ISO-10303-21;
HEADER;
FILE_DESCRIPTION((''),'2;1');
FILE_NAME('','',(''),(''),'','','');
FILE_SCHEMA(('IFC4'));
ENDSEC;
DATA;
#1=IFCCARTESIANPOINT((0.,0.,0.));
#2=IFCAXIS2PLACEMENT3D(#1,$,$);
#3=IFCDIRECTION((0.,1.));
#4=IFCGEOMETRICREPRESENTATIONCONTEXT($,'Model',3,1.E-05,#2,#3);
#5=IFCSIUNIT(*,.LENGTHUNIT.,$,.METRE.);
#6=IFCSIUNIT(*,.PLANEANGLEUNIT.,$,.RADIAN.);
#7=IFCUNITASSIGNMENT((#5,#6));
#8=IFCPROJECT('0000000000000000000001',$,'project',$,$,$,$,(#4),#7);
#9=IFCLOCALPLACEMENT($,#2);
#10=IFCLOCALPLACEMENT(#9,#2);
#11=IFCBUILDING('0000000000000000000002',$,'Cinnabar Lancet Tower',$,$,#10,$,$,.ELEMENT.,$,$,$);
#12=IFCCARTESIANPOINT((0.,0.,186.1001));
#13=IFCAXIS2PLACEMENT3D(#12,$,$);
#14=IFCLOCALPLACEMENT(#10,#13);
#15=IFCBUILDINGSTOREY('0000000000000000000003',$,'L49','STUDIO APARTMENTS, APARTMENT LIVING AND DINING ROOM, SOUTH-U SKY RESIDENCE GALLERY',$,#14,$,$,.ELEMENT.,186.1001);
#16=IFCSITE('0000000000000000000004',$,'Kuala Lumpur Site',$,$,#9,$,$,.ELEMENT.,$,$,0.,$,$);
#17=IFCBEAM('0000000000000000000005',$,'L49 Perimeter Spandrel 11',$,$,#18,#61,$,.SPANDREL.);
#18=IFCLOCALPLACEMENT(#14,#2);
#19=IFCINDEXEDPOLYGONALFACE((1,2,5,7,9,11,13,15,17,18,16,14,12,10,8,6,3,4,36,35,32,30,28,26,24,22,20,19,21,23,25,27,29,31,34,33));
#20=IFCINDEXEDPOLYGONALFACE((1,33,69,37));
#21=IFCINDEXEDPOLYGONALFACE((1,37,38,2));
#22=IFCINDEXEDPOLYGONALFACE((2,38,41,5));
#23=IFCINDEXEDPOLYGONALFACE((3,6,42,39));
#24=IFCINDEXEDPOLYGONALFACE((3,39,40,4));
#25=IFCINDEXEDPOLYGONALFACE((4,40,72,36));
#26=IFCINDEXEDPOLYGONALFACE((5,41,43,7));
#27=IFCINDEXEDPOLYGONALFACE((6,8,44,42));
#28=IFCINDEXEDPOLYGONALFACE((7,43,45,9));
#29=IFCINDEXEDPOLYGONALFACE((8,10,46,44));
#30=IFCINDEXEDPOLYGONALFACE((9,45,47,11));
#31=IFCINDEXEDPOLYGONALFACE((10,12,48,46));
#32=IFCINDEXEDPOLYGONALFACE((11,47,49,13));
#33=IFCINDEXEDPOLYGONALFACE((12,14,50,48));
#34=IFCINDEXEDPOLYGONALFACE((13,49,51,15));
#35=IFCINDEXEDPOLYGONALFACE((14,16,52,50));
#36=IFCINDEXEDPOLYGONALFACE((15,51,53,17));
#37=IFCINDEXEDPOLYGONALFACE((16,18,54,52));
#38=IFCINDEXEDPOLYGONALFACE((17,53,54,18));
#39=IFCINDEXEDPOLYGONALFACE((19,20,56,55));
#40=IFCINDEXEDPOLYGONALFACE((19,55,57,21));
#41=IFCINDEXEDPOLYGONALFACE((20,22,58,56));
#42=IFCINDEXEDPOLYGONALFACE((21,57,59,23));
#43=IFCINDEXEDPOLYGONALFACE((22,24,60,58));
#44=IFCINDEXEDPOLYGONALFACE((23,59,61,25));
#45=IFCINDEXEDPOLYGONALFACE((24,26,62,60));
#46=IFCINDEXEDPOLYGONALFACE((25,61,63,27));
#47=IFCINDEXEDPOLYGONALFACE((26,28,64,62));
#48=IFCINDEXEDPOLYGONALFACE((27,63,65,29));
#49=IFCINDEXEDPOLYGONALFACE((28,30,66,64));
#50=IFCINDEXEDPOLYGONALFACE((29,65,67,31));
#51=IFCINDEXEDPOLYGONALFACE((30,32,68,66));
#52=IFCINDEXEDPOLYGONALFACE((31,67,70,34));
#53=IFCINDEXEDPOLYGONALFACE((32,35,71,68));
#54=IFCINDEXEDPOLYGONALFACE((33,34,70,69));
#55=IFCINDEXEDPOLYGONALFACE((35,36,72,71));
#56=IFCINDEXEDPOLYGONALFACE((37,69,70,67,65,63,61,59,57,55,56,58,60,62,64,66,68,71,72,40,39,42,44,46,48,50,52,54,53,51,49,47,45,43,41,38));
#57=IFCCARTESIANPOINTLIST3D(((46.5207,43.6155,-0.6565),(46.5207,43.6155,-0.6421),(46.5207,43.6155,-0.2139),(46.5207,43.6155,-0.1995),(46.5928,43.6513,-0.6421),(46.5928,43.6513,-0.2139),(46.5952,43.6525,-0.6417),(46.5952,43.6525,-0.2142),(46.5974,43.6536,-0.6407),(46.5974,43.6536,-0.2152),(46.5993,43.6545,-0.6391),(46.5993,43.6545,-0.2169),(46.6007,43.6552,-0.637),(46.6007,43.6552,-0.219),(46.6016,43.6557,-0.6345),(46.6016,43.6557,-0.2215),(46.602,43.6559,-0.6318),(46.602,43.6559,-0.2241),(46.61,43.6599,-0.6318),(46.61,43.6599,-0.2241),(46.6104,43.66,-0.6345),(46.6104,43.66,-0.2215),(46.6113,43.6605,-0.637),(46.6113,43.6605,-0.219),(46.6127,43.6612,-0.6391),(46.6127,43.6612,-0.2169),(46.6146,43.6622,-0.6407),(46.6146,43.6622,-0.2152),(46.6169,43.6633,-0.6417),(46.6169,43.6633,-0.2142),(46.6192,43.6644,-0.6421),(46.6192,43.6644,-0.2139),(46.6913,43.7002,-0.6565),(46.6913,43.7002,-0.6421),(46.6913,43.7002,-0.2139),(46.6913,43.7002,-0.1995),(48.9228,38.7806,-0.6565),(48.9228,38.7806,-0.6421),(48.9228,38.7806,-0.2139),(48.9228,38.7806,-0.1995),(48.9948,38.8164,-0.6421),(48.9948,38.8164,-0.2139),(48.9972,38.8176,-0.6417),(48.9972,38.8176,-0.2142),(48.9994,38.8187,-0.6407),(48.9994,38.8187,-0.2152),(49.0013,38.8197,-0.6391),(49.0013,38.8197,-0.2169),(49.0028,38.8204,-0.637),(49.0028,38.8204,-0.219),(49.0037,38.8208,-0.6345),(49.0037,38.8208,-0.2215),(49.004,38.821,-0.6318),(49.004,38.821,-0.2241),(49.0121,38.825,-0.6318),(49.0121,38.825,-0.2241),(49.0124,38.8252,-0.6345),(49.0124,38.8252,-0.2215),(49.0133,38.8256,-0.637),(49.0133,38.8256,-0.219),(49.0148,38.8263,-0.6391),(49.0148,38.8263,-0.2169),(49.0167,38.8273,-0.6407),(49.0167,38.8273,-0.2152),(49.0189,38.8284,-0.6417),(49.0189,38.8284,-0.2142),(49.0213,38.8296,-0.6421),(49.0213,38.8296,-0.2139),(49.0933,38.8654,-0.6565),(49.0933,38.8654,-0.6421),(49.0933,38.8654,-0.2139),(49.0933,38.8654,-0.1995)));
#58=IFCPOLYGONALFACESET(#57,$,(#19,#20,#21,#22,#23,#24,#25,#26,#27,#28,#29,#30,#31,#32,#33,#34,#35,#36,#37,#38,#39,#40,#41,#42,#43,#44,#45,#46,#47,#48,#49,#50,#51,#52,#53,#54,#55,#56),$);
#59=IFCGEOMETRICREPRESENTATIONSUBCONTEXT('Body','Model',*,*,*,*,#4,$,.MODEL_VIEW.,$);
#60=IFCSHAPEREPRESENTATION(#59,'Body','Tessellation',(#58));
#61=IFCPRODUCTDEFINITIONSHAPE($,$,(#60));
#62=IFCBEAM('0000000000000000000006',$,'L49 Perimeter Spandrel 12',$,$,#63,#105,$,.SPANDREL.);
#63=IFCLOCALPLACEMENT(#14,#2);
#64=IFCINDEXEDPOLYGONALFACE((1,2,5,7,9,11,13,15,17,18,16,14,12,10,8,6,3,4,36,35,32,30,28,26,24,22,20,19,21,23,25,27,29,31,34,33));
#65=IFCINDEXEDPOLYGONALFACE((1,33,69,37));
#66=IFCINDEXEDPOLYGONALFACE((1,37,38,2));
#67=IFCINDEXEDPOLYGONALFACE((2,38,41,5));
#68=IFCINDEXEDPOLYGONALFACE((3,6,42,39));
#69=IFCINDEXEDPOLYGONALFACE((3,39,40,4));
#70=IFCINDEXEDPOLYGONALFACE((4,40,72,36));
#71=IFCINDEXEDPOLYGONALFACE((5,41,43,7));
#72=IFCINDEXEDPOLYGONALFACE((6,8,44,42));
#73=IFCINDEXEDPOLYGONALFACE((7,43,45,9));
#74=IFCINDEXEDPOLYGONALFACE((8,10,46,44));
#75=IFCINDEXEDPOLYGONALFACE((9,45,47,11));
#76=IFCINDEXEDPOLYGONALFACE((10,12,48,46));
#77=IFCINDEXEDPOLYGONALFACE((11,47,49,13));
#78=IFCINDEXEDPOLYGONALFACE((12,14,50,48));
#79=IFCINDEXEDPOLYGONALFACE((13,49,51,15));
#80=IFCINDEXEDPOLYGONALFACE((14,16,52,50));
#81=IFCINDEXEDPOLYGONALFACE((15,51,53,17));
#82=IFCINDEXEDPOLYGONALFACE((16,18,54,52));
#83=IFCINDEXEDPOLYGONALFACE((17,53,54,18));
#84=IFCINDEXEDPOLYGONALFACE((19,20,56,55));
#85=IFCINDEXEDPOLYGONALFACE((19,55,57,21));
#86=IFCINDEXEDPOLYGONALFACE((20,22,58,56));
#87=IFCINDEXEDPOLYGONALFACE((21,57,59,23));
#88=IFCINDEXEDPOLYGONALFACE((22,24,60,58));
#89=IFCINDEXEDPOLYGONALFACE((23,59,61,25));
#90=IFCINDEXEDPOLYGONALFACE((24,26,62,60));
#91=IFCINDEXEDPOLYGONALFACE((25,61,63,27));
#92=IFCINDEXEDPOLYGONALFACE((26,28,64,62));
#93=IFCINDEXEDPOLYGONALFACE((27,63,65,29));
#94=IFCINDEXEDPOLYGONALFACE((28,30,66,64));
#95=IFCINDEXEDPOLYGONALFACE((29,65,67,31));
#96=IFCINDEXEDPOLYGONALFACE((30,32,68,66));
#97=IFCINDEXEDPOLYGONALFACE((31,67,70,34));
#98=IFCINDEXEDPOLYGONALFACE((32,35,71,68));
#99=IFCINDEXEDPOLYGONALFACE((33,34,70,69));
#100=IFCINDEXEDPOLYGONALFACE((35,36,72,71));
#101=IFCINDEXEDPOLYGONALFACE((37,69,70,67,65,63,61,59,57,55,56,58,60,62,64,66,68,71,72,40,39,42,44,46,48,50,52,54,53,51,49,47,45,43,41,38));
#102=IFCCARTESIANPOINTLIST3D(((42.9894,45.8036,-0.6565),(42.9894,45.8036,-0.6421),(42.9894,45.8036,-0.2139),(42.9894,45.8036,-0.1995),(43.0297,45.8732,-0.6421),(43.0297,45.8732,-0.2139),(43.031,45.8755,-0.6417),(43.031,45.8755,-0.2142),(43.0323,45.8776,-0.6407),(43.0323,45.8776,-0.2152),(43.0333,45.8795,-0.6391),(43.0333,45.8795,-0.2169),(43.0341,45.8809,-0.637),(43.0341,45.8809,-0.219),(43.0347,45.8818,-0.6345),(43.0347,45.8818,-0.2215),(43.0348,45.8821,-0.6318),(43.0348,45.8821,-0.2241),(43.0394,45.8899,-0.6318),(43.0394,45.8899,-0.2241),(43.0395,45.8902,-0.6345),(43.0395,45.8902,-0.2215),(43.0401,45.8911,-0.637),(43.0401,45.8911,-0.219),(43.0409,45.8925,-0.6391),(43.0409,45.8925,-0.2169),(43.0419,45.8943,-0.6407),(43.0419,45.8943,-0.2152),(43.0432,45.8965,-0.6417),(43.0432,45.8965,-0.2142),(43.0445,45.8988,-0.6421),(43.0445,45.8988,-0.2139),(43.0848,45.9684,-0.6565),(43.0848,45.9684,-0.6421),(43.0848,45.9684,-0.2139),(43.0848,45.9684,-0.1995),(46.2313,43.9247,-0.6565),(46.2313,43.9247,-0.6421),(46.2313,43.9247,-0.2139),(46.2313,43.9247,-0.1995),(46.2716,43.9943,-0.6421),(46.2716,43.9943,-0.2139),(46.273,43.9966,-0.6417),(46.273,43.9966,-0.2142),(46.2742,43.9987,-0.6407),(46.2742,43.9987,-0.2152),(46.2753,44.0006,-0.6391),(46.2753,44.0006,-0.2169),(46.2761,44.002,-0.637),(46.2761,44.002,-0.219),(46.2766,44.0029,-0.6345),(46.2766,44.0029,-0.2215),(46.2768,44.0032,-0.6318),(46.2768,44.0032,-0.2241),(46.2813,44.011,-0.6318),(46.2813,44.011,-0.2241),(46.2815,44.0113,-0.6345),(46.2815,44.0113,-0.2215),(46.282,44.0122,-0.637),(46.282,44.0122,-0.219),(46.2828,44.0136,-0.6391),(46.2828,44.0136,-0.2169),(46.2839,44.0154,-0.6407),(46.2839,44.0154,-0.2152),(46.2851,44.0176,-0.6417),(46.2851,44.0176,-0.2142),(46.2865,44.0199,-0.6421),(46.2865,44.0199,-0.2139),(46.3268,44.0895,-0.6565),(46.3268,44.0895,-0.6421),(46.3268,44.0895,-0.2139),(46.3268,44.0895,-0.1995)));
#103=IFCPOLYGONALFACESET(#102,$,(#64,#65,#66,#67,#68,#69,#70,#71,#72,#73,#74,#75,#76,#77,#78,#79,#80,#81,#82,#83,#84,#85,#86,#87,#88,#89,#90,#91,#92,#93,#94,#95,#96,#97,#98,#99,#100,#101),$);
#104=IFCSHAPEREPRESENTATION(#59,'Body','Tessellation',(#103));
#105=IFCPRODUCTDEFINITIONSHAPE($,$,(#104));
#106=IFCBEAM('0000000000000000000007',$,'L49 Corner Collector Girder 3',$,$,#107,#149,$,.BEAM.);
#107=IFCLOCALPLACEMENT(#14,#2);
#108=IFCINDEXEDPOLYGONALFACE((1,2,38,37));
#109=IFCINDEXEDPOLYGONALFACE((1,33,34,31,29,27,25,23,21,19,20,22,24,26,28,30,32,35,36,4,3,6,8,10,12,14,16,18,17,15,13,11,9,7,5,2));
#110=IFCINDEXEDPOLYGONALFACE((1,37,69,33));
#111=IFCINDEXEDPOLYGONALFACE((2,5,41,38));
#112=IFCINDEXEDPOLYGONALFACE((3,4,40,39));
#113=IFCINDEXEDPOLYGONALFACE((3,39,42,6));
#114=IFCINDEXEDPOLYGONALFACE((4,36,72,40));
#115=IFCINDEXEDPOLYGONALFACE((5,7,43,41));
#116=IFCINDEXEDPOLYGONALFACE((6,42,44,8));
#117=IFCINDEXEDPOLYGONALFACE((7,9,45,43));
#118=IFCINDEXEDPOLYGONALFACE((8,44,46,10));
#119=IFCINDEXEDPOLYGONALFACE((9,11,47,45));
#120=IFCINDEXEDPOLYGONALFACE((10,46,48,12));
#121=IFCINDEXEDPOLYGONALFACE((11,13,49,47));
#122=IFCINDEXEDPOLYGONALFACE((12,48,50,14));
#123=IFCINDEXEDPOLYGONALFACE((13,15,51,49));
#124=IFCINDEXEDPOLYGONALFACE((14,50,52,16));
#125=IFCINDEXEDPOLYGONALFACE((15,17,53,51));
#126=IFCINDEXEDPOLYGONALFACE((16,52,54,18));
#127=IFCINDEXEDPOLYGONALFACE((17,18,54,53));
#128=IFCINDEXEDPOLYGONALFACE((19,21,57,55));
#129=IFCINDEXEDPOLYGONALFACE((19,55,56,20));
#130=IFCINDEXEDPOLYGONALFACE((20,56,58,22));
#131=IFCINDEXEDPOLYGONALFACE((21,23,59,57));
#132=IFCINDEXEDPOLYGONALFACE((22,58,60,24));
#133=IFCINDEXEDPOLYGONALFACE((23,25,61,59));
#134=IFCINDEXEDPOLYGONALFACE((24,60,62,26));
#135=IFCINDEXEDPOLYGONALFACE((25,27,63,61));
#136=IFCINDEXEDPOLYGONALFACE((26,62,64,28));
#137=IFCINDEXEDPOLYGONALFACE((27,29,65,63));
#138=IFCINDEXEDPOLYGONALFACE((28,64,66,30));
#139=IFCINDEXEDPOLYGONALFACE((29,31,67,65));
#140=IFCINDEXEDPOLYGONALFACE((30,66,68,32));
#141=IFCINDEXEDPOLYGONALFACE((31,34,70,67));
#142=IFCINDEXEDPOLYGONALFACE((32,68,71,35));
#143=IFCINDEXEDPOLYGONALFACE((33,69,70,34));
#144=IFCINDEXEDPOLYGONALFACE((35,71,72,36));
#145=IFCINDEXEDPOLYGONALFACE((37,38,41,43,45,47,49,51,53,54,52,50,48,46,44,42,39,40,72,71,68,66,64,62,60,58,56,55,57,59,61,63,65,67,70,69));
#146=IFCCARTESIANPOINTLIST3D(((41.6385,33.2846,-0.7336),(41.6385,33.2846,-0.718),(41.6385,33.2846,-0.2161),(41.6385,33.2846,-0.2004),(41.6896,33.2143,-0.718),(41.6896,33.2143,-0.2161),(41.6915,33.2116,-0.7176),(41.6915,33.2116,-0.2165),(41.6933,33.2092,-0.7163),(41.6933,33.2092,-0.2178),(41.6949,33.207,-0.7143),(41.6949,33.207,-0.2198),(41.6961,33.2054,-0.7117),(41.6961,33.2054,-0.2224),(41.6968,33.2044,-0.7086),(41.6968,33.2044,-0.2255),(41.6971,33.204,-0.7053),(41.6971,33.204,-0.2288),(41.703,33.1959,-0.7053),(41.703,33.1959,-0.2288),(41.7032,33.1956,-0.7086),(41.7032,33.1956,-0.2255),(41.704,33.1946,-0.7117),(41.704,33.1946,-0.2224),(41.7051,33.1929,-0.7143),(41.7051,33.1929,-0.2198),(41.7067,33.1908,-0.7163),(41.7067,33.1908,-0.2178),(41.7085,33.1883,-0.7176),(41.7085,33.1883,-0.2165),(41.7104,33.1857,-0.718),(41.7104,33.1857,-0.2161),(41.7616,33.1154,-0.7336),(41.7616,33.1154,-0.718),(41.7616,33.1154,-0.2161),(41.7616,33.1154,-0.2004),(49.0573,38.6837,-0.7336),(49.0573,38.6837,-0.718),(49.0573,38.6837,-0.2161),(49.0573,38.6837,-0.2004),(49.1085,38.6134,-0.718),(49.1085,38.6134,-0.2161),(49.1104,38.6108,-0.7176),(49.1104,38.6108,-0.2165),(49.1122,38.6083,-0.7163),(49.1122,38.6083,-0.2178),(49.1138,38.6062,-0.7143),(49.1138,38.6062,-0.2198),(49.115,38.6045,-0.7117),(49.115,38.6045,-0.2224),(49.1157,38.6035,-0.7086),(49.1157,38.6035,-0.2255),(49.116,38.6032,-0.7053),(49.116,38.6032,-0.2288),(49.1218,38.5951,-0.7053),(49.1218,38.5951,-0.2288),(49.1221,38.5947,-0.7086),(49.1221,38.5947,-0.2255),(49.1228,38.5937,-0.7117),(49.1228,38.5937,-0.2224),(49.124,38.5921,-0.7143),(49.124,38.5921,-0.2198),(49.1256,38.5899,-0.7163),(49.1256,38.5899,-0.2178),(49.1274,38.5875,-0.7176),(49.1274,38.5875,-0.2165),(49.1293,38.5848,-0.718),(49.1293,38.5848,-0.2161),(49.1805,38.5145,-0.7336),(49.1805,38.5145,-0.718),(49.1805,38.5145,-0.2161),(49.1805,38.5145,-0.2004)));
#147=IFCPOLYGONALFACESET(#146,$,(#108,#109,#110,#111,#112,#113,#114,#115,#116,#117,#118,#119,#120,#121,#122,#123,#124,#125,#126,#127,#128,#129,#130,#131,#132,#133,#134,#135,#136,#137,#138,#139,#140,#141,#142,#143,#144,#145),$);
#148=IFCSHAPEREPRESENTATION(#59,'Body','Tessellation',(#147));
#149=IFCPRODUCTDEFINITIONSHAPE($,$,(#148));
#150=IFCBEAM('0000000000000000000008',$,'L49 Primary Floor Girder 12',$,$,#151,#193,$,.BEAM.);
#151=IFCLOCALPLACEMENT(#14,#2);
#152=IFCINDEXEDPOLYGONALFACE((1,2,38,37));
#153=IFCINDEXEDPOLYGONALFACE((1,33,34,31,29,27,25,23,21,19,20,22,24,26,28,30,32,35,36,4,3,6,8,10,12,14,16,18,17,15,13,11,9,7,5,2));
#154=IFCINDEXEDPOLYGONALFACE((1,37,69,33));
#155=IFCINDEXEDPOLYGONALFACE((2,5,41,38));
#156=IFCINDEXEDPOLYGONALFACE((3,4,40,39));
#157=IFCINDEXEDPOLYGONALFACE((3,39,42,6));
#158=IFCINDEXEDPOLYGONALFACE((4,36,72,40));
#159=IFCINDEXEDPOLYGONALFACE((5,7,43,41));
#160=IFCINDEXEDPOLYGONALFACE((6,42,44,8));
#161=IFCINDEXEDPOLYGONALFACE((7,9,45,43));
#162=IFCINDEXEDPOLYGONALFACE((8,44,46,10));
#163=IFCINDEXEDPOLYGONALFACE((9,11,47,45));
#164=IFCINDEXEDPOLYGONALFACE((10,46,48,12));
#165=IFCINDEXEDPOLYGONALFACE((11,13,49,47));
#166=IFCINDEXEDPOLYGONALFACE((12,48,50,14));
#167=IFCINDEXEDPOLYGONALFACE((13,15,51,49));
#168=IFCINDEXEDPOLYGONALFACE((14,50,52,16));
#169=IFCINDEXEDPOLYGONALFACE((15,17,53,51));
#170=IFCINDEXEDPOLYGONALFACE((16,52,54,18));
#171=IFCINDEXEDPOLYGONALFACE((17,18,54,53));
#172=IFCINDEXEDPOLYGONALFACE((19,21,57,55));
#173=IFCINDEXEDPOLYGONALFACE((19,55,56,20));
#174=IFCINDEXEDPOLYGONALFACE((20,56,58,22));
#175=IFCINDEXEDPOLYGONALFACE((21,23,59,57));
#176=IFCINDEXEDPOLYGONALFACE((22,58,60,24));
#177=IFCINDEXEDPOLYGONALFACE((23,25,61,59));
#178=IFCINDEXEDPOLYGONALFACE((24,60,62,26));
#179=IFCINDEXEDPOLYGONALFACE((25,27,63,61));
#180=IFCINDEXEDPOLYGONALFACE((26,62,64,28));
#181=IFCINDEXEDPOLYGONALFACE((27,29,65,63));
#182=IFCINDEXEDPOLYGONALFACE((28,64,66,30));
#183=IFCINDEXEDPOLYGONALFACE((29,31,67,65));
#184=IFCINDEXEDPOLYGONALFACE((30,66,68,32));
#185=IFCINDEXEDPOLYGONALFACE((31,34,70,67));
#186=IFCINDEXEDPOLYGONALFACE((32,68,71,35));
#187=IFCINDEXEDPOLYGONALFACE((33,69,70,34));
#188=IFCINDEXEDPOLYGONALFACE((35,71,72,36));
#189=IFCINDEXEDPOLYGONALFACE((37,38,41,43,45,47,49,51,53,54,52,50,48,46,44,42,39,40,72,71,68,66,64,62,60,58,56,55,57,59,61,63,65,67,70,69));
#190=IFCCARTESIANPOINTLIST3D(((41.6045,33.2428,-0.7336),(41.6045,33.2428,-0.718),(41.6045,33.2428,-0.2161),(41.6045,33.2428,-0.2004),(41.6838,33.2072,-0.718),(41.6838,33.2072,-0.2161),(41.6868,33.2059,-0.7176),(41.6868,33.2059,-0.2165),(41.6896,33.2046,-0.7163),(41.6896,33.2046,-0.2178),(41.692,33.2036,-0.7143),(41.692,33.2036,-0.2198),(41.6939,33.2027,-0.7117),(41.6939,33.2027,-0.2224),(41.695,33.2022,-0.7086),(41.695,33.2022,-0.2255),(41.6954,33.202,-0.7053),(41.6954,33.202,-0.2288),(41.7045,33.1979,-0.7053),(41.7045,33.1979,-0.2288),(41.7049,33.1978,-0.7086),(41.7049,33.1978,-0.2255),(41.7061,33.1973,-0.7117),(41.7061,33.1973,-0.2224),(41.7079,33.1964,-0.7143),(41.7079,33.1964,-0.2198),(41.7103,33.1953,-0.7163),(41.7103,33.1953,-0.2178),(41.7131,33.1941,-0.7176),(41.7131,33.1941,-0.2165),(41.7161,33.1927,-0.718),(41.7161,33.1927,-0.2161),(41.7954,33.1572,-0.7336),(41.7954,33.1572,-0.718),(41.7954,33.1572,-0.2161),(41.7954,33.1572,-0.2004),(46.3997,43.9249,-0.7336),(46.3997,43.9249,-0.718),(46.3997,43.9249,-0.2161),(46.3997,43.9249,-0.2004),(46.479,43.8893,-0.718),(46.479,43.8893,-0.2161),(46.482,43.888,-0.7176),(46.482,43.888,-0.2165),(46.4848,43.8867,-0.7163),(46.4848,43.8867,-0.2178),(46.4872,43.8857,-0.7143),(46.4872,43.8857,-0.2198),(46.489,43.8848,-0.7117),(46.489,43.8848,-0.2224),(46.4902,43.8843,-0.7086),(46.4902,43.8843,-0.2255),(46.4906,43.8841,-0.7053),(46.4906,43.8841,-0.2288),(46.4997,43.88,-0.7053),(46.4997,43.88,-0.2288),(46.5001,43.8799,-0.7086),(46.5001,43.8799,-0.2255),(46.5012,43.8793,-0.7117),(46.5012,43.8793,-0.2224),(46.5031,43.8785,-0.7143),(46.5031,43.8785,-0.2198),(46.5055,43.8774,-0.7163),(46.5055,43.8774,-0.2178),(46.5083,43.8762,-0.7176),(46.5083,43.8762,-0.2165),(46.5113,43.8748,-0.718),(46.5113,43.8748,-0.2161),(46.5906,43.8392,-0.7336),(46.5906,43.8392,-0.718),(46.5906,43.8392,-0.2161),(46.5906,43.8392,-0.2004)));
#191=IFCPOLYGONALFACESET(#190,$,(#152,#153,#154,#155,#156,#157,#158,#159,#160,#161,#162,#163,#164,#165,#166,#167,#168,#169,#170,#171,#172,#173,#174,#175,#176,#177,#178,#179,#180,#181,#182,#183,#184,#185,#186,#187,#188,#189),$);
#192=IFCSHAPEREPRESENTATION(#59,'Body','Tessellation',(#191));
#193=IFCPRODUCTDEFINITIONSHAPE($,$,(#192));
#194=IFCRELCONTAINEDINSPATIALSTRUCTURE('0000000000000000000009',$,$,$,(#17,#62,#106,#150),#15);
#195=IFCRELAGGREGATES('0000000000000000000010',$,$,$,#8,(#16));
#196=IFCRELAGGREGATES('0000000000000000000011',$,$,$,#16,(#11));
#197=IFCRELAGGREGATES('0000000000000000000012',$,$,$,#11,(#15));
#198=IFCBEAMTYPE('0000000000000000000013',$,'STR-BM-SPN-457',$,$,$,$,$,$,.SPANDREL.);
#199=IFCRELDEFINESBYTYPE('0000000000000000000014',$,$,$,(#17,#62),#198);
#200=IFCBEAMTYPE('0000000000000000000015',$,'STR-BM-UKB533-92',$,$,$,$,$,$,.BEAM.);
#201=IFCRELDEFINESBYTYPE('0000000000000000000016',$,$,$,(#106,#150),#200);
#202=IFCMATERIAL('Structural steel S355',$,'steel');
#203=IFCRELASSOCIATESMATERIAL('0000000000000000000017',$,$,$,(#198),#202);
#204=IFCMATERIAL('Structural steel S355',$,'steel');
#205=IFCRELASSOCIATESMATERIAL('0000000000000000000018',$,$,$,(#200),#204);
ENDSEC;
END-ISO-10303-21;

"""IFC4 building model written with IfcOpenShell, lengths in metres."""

from ifc_helpers import new_model, si_unit, direction, frame, origin, origin_2d, place, context, subcontext, project, spatial, i_section, extrude, material, material_profile, profile_set, type_object, element, save


model = new_model("IFC4")

# Units and contexts
model_context = context("Model", 3, precision=1e-05, world=origin(), true_north=direction((0.0, 1.0)))
body_context = subcontext(model_context, "Body", "Model", "MODEL_VIEW")
ifc_project = project(units=[si_unit("LENGTHUNIT", "METRE"), si_unit("PLANEANGLEUNIT", "RADIAN")], contexts=[model_context])

# Site, building, storey
site_placement = place(None, origin())
site = spatial("IfcSite", under=ifc_project, at=site_placement, Name="Kuala Lumpur Site", CompositionType="ELEMENT", RefElevation=0.0)
building_placement = place(site_placement, origin())
building = spatial("IfcBuilding", under=site, at=building_placement, Name="Cinnabar Lancet Tower", CompositionType="ELEMENT")
storey_placement = place(building_placement, frame((0.0, 0.0, 186.1001)))
storey = spatial("IfcBuildingStorey", under=building, at=storey_placement, Name="L49", Description="STUDIO APARTMENTS, APARTMENT LIVING AND DINING ROOM, SOUTH-U SKY RESIDENCE GALLERY", CompositionType="ELEMENT", Elevation=186.1001)

# Beams
ifc_material_1 = material(Name="Structural steel S355", Category="steel")
ifc_material_profile_1 = material_profile(ifc_material_1, i_section(OverallWidth=0.1904, OverallDepth=0.457, WebThickness=0.009, FlangeThickness=0.0144, FilletRadius=0.0103, at=origin_2d()), Name="UKB 457x191x74")
ifc_profile_set_1 = profile_set([ifc_material_profile_1], Name="Structural steel S355")
beam_type_1 = type_object("IfcBeamType", Name="STR-BM-SPN-457", PredefinedType="SPANDREL", material=ifc_profile_set_1)
beam_1_placement = place(storey_placement, frame((49.0081, 38.823, -0.428), z_axis=(-0.444933, 0.895564, 0.0), x_axis=(-0.895564, -0.444933, 0.0)))
element("IfcBeam", 1, at=beam_1_placement, inside=storey, type_object=beam_type_1, Name="L49 Perimeter Spandrel 11", PredefinedType="SPANDREL", context=body_context, shape_type="SweptSolid", body=[
    extrude(i_section(OverallWidth=0.1904, OverallDepth=0.457, WebThickness=0.009, FlangeThickness=0.0144, FilletRadius=0.0103, at=origin_2d()), origin(), (0.0, 0.0, 1.0), 5.3987),
])
beam_2_placement = place(storey_placement, frame((46.2791, 44.0071, -0.428), z_axis=(-0.865196, 0.501434, 0.0), x_axis=(-0.501434, -0.865196, 0.0)))
element("IfcBeam", 2, at=beam_2_placement, inside=storey, type_object=beam_type_1, Name="L49 Perimeter Spandrel 12", PredefinedType="SPANDREL", context=body_context, shape_type="SweptSolid", body=[
    extrude(i_section(OverallWidth=0.1904, OverallDepth=0.457, WebThickness=0.009, FlangeThickness=0.0144, FilletRadius=0.0103, at=origin_2d()), origin(), (0.0, 0.0, 1.0), 3.7471),
])
ifc_material_2 = material(Name="Structural steel S355", Category="steel")
ifc_material_profile_2 = material_profile(ifc_material_2, i_section(OverallWidth=0.2092, OverallDepth=0.5332, WebThickness=0.01, FlangeThickness=0.0156, FilletRadius=0.0127, at=origin_2d()), Name="UKB 533x210x92")
ifc_profile_set_2 = profile_set([ifc_material_profile_2], Name="Structural steel S355")
beam_type_2 = type_object("IfcBeamType", Name="STR-BM-UKB533-92", PredefinedType="BEAM", material=ifc_profile_set_2)
beam_3_placement = place(storey_placement, frame((49.1189, 38.5991, -0.467), z_axis=(-0.808551, -0.588426, 0.0), x_axis=(0.588426, -0.808551, 0.0)))
element("IfcBeam", 3, at=beam_3_placement, inside=storey, type_object=beam_type_2, Name="L49 Corner Collector Girder 3", PredefinedType="BEAM", context=body_context, shape_type="SweptSolid", body=[
    extrude(i_section(OverallWidth=0.2092, OverallDepth=0.5332, WebThickness=0.01, FlangeThickness=0.0156, FilletRadius=0.0127, at=origin_2d()), origin(), (0.0, 0.0, 1.0), 9.1755),
])
beam_4_placement = place(storey_placement, frame((46.4951, 43.8821, -0.467), z_axis=(-0.409527, -0.912298, 0.0), x_axis=(0.912298, -0.409527, 0.0)))
element("IfcBeam", 4, at=beam_4_placement, inside=storey, type_object=beam_type_2, Name="L49 Primary Floor Girder 12", PredefinedType="BEAM", context=body_context, shape_type="SweptSolid", body=[
    extrude(i_section(OverallWidth=0.2092, OverallDepth=0.5332, WebThickness=0.01, FlangeThickness=0.0156, FilletRadius=0.0127, at=origin_2d()), origin(), (0.0, 0.0, 1.0), 11.709),
])

save(model, "model.ifc")
